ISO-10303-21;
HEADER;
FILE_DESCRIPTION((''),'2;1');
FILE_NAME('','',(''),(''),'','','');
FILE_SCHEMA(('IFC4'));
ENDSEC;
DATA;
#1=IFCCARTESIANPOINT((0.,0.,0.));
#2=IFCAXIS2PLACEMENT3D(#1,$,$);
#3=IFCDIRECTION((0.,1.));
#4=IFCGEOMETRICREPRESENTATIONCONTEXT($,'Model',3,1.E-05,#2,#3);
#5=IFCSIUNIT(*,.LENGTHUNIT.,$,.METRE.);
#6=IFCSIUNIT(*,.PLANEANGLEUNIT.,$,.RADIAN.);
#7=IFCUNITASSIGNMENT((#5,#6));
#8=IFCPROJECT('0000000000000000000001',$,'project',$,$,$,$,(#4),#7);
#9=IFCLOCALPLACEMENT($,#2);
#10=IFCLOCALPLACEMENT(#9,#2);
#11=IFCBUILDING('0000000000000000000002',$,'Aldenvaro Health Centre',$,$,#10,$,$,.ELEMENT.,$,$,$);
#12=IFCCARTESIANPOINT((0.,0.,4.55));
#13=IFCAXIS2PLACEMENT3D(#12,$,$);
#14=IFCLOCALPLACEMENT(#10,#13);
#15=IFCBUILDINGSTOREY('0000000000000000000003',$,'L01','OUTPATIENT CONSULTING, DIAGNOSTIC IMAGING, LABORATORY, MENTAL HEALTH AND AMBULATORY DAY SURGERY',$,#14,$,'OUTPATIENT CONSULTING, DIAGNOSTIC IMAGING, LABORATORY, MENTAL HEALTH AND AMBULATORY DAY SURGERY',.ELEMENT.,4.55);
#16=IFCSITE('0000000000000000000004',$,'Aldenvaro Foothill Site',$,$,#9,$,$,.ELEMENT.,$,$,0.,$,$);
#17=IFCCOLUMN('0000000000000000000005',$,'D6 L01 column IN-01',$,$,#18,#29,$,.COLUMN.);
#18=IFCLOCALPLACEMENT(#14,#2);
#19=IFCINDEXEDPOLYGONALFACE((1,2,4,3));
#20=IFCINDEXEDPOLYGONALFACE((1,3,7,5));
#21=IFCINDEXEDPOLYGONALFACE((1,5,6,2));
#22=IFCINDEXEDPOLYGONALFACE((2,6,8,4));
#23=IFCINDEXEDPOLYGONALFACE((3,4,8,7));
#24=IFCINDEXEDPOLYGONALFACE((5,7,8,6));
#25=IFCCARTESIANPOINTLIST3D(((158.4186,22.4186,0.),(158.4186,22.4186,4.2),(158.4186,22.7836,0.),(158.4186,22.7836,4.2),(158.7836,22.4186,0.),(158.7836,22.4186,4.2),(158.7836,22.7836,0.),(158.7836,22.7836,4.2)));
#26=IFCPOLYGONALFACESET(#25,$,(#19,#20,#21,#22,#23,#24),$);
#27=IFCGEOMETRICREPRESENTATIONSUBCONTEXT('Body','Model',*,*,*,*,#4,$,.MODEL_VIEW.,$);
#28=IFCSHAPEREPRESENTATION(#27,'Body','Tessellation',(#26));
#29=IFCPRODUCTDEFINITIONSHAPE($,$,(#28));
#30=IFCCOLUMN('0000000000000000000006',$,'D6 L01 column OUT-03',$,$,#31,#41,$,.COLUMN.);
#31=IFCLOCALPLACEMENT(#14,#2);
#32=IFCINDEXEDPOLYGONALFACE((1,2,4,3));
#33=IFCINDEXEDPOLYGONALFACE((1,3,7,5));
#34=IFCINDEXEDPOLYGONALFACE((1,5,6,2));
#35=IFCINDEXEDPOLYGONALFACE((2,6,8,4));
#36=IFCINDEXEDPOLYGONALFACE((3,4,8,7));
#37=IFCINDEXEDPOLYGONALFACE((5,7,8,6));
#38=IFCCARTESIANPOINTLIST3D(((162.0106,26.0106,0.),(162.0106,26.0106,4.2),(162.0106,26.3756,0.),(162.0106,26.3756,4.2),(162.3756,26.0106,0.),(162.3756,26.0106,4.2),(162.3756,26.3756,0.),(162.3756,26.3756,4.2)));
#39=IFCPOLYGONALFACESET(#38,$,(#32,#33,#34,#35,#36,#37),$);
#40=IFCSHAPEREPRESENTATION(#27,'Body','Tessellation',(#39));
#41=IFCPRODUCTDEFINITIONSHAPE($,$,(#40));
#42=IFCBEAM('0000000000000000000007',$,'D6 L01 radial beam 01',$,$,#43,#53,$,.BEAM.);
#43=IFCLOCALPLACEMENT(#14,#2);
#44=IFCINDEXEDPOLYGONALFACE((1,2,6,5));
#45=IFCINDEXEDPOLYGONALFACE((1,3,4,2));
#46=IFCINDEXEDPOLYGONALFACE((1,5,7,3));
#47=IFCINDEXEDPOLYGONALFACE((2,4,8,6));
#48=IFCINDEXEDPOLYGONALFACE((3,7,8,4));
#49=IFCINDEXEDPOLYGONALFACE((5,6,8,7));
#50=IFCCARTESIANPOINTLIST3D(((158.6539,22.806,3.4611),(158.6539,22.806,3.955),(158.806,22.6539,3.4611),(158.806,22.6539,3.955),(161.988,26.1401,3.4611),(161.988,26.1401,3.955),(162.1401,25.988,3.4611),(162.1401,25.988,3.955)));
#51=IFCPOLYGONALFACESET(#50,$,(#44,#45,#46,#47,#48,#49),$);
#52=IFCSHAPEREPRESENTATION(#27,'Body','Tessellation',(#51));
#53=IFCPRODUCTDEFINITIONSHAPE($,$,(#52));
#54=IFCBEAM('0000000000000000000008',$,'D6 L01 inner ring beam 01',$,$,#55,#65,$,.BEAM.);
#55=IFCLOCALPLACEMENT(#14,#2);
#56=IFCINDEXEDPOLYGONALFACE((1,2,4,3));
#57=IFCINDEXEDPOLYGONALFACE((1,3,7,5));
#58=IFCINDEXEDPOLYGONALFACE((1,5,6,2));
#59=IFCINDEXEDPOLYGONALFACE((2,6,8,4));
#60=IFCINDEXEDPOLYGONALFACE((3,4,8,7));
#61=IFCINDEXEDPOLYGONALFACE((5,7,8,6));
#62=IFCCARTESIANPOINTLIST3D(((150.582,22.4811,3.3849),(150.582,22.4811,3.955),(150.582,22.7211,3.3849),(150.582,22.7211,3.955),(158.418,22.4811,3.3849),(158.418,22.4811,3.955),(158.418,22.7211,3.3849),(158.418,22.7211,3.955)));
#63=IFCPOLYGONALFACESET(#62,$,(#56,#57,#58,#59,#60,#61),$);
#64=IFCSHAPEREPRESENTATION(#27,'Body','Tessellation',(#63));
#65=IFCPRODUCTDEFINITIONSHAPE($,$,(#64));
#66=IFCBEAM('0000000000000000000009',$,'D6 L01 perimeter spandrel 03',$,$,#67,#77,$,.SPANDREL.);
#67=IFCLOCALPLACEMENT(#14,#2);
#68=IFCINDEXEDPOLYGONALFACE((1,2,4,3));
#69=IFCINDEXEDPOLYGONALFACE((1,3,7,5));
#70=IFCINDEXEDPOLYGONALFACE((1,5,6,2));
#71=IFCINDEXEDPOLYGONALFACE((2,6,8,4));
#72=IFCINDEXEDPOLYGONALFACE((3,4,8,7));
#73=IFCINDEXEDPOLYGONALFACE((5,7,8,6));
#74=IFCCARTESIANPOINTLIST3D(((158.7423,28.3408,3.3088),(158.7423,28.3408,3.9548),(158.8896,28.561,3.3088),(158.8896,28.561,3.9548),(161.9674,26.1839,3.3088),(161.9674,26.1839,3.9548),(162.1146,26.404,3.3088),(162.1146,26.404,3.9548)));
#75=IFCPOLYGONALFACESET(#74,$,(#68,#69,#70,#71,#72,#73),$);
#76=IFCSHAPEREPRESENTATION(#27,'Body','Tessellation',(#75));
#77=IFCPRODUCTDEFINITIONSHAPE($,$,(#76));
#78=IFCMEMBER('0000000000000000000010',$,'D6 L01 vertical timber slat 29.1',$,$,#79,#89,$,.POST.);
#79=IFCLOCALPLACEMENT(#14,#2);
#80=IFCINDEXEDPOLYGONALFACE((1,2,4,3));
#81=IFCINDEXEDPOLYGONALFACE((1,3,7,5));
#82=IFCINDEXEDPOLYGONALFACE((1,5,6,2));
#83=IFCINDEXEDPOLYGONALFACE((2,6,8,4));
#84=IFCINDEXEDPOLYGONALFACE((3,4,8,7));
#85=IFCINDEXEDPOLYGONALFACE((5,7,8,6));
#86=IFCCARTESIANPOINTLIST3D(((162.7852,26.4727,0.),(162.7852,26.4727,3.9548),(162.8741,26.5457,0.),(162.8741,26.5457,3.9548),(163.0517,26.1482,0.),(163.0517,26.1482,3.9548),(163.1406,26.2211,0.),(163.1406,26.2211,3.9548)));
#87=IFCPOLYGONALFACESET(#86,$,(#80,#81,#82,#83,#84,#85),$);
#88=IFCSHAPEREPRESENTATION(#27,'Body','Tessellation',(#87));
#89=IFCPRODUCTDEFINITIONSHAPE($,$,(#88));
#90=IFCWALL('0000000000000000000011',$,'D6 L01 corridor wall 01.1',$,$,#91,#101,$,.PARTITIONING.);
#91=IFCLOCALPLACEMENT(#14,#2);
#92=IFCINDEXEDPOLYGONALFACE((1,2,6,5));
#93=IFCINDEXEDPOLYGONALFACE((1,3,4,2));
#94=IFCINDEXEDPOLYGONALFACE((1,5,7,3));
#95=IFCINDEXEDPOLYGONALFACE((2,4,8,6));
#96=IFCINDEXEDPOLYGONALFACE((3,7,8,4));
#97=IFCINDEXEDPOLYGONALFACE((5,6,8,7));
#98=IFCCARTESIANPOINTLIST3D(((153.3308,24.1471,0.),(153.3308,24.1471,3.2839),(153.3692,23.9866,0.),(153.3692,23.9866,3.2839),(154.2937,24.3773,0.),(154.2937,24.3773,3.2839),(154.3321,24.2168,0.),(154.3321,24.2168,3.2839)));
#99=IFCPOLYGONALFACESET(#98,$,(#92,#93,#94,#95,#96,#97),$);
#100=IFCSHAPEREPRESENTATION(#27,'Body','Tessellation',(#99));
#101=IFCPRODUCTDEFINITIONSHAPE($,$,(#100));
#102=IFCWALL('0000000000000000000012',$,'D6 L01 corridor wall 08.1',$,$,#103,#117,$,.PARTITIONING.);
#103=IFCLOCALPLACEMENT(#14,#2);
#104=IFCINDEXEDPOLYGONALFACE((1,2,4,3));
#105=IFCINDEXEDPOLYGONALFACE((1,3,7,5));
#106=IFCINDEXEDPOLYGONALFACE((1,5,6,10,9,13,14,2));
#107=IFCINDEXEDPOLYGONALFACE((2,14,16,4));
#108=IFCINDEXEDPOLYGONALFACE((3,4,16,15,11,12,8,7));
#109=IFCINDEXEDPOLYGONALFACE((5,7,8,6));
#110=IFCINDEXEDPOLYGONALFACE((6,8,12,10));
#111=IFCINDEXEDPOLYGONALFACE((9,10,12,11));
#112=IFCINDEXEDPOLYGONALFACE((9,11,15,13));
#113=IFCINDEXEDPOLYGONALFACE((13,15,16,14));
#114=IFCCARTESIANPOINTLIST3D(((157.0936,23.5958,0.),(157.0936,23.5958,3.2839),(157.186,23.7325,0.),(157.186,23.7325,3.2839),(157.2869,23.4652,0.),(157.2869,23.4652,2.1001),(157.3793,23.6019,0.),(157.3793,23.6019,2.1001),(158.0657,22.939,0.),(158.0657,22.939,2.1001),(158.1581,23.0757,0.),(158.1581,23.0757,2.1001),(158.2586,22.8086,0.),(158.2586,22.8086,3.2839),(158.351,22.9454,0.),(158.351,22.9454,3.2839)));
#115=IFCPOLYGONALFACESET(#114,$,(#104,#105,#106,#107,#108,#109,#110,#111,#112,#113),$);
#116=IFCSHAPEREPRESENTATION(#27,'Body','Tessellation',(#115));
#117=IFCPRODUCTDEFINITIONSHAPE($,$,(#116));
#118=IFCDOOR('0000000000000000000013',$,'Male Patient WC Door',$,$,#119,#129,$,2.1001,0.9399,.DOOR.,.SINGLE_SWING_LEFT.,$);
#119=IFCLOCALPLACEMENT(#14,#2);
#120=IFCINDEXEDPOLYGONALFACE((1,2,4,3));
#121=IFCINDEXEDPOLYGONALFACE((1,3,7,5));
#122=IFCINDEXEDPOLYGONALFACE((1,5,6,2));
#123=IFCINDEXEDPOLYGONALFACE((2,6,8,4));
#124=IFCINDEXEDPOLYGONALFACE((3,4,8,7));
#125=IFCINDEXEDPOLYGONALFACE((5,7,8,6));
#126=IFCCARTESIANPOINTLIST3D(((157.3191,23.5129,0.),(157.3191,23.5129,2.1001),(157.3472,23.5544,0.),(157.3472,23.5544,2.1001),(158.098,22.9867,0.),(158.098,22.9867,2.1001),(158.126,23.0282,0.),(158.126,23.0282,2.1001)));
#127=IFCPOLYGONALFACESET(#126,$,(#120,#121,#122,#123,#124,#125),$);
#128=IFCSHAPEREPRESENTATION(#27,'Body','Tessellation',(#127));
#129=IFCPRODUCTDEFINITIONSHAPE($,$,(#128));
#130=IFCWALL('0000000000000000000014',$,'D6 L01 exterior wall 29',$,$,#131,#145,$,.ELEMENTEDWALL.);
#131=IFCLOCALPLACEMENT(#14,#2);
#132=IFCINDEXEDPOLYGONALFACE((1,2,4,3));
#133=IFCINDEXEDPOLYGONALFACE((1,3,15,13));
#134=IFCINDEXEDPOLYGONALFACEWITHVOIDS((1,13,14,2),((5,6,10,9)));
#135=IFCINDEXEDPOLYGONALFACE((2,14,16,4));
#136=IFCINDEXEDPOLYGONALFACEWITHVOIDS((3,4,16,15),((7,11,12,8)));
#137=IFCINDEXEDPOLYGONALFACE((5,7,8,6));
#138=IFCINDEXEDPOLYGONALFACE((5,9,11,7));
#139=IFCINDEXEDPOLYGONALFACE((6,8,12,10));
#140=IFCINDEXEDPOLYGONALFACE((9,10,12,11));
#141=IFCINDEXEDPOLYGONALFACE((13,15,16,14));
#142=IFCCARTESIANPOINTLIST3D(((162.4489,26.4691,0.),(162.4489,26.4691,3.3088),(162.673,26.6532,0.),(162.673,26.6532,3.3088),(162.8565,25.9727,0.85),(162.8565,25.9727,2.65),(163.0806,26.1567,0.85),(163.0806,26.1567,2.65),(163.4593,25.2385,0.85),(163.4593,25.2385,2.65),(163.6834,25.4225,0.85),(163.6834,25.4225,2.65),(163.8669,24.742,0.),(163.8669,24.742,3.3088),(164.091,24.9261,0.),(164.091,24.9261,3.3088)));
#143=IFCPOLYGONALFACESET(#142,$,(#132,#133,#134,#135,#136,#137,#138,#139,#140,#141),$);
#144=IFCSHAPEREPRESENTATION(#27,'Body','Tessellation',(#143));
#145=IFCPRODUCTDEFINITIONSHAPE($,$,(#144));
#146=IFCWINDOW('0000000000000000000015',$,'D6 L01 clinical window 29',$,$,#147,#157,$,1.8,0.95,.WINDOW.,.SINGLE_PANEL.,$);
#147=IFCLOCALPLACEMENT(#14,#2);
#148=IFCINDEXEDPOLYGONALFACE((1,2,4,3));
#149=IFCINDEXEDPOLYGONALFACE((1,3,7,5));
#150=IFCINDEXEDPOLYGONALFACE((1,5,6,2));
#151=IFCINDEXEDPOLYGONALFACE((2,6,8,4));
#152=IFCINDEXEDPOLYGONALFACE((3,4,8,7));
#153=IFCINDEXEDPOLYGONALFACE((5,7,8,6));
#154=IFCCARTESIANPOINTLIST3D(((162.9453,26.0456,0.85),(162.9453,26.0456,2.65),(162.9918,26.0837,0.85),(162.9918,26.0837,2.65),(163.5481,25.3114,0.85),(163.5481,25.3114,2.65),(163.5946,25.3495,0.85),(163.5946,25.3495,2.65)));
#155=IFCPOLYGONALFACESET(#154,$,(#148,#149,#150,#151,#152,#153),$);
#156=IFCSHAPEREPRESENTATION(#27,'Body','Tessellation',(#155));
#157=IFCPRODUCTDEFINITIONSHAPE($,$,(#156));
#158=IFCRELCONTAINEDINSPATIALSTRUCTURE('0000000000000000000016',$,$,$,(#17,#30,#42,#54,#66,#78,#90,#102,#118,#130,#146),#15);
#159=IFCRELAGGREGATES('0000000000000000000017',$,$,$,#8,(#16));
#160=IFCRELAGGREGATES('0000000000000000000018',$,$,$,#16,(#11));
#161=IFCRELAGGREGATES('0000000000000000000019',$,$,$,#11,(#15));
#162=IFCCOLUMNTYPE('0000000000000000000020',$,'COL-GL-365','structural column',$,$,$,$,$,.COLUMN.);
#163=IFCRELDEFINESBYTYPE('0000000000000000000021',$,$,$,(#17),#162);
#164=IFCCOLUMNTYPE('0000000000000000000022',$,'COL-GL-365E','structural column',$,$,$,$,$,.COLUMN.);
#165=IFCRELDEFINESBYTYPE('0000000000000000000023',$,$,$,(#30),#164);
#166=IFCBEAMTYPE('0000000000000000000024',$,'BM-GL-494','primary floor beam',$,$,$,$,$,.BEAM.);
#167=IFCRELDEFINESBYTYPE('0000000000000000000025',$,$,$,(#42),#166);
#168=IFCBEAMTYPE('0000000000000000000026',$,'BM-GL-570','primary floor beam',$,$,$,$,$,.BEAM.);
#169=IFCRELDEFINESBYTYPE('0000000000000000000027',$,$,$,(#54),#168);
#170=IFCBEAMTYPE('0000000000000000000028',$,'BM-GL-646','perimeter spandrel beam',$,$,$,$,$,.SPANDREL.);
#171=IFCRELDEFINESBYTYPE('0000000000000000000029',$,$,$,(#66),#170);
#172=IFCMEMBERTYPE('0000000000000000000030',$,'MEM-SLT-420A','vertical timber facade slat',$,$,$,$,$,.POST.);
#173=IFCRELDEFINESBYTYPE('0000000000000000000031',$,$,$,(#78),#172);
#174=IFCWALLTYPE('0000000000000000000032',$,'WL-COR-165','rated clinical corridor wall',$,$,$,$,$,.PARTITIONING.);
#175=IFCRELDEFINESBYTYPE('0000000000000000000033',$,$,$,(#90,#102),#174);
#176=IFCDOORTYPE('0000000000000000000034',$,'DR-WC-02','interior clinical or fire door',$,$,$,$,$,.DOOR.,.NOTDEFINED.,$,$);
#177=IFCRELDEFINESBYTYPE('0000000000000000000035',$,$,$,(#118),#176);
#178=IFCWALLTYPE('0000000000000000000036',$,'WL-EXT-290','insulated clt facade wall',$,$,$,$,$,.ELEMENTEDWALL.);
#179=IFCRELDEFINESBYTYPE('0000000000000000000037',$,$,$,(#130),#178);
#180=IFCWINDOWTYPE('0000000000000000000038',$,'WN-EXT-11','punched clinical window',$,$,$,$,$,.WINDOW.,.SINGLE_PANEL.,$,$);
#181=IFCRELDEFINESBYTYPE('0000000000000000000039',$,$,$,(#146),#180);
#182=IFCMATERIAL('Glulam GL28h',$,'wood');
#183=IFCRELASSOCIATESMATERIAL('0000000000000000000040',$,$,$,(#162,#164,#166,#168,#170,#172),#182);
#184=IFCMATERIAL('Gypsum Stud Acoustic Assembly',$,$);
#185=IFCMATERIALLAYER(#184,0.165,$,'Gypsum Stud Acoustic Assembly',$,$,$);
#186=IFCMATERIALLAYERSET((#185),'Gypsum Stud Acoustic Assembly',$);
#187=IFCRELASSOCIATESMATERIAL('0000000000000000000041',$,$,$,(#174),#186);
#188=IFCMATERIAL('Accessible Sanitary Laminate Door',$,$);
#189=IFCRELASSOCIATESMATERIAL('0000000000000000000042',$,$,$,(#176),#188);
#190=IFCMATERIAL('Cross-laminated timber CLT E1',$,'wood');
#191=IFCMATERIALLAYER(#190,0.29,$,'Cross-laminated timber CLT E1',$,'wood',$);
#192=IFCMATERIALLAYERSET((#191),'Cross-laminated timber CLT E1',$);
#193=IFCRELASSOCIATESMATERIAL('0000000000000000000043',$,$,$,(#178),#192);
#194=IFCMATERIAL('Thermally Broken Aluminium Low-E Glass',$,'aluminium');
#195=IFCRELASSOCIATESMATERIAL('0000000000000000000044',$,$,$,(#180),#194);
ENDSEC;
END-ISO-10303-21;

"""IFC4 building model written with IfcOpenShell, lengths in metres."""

from ifc_helpers import new_model, si_unit, direction, frame, frame_2d, origin, origin_2d, place, context, subcontext, project, spatial, rectangle, extrude, material, layer, layer_set, material_profile, profile_set, type_object, element, fill, save


model = new_model("IFC4")

# Units and contexts
model_context = context("Model", 3, precision=1e-05, world=origin(), true_north=direction((0.0, 1.0)))
body_context = subcontext(model_context, "Body", "Model", "MODEL_VIEW")
ifc_project = project(units=[si_unit("LENGTHUNIT", "METRE"), si_unit("PLANEANGLEUNIT", "RADIAN")], contexts=[model_context])

# Site, building, storey
site_placement = place(None, origin())
site = spatial("IfcSite", under=ifc_project, at=site_placement, Name="Aldenvaro Foothill Site", CompositionType="ELEMENT", RefElevation=0.0)
building_placement = place(site_placement, origin())
building = spatial("IfcBuilding", under=site, at=building_placement, Name="Aldenvaro Health Centre", CompositionType="ELEMENT")
storey_placement = place(building_placement, frame((0.0, 0.0, 4.55)))
storey = spatial("IfcBuildingStorey", under=building, at=storey_placement, Name="L01", Description="OUTPATIENT CONSULTING, DIAGNOSTIC IMAGING, LABORATORY, MENTAL HEALTH AND AMBULATORY DAY SURGERY", LongName="OUTPATIENT CONSULTING, DIAGNOSTIC IMAGING, LABORATORY, MENTAL HEALTH AND AMBULATORY DAY SURGERY", CompositionType="ELEMENT", Elevation=4.55)

# Columns
ifc_material_1 = material(Name="Glulam GL28h", Category="wood")
ifc_material_profile_1 = material_profile(ifc_material_1, rectangle(XDim=0.365, YDim=0.365, at=origin_2d()), Name="GL 365x365", Category="wood")
ifc_profile_set_1 = profile_set([ifc_material_profile_1], Name="Glulam GL28h")
column_type_1 = type_object("IfcColumnType", Name="COL-GL-365", Description="structural column", PredefinedType="COLUMN", material=ifc_profile_set_1)
column_1_placement = place(storey_placement, frame((158.6011, 22.6011, 0.0), z_axis=(0.0, 0.0, 1.0), x_axis=(1.0, 0.0, 0.0)))
element("IfcColumn", 1, at=column_1_placement, inside=storey, type_object=column_type_1, Name="D6 L01 column IN-01", PredefinedType="COLUMN", context=body_context, shape_type="SweptSolid", body=[
    extrude(rectangle(XDim=0.365, YDim=0.365, at=origin_2d()), origin(), (0.0, 0.0, 1.0), 4.2),
])
ifc_material_profile_2 = material_profile(ifc_material_1, rectangle(XDim=0.365, YDim=0.365, at=origin_2d()), Name="GL 365x365", Category="wood")
ifc_profile_set_2 = profile_set([ifc_material_profile_2], Name="Glulam GL28h")
column_type_2 = type_object("IfcColumnType", Name="COL-GL-365E", Description="structural column", PredefinedType="COLUMN", material=ifc_profile_set_2)
column_2_placement = place(storey_placement, frame((162.1931, 26.1931, 0.0), z_axis=(0.0, 0.0, 1.0), x_axis=(1.0, 0.0, 0.0)))
element("IfcColumn", 2, at=column_2_placement, inside=storey, type_object=column_type_2, Name="D6 L01 column OUT-03", PredefinedType="COLUMN", context=body_context, shape_type="SweptSolid", body=[
    extrude(rectangle(XDim=0.365, YDim=0.365, at=origin_2d()), origin(), (0.0, 0.0, 1.0), 4.2),
])

# Beams
ifc_material_profile_3 = material_profile(ifc_material_1, rectangle(XDim=0.2151, YDim=0.4939, at=origin_2d()), Name="GL 215x494", Category="wood")
ifc_profile_set_3 = profile_set([ifc_material_profile_3], Name="Glulam GL28h")
beam_type_1 = type_object("IfcBeamType", Name="BM-GL-494", Description="primary floor beam", PredefinedType="BEAM", material=ifc_profile_set_3)
beam_1_placement = place(storey_placement, frame((158.73, 22.73, 3.708), z_axis=(0.707107, 0.707107, 0.0), x_axis=(-0.707107, 0.707107, 0.0)))
element("IfcBeam", 3, at=beam_1_placement, inside=storey, type_object=beam_type_1, Name="D6 L01 radial beam 01", PredefinedType="BEAM", context=body_context, shape_type="SweptSolid", body=[
    extrude(rectangle(XDim=0.2151, YDim=0.4939, at=origin_2d()), origin(), (0.0, 0.0, 1.0), 4.7151),
])
ifc_material_profile_4 = material_profile(ifc_material_1, rectangle(XDim=0.24, YDim=0.5701, at=origin_2d()), Name="GL 240x570", Category="wood")
ifc_profile_set_4 = profile_set([ifc_material_profile_4], Name="Glulam GL28h")
beam_type_2 = type_object("IfcBeamType", Name="BM-GL-570", Description="primary floor beam", PredefinedType="BEAM", material=ifc_profile_set_4)
beam_2_placement = place(storey_placement, frame((158.418, 22.6011, 3.6699), z_axis=(-1.0, 0.0, 0.0), x_axis=(0.0, -1.0, 0.0)))
element("IfcBeam", 4, at=beam_2_placement, inside=storey, type_object=beam_type_2, Name="D6 L01 inner ring beam 01", PredefinedType="BEAM", context=body_context, shape_type="SweptSolid", body=[
    extrude(rectangle(XDim=0.24, YDim=0.5701, at=origin_2d()), origin(), (0.0, 0.0, 1.0), 7.8359),
])
ifc_material_profile_5 = material_profile(ifc_material_1, rectangle(XDim=0.2649, YDim=0.646, at=origin_2d()), Name="GL 265x646", Category="wood")
ifc_profile_set_5 = profile_set([ifc_material_profile_5], Name="Glulam GL28h")
beam_type_3 = type_object("IfcBeamType", Name="BM-GL-646", Description="perimeter spandrel beam", PredefinedType="SPANDREL", material=ifc_profile_set_5)
beam_3_placement = place(storey_placement, frame((162.041, 26.2939, 3.6318), z_axis=(-0.831227, 0.555934, 0.0), x_axis=(-0.555934, -0.831227, 0.0)))
element("IfcBeam", 5, at=beam_3_placement, inside=storey, type_object=beam_type_3, Name="D6 L01 perimeter spandrel 03", PredefinedType="SPANDREL", context=body_context, shape_type="SweptSolid", body=[
    extrude(rectangle(XDim=0.2649, YDim=0.646, at=origin_2d()), origin(), (0.0, 0.0, 1.0), 3.8799),
])

# Member
ifc_material_profile_6 = material_profile(ifc_material_1, rectangle(XDim=0.115, YDim=0.4199, at=origin_2d()), Name="GL 115x420", Category="wood")
ifc_profile_set_6 = profile_set([ifc_material_profile_6], Name="Glulam GL28h")
member_type = type_object("IfcMemberType", Name="MEM-SLT-420A", Description="vertical timber facade slat", PredefinedType="POST", material=ifc_profile_set_6)
member_placement = place(storey_placement, frame((162.9629, 26.3469, 0.0), z_axis=(0.0, 0.0, 1.0), x_axis=(0.77286, 0.634577, 0.0)))
element("IfcMember", 6, at=member_placement, inside=storey, type_object=member_type, Name="D6 L01 vertical timber slat 29.1", PredefinedType="POST", context=body_context, shape_type="SweptSolid", body=[
    extrude(rectangle(XDim=0.115, YDim=0.4199, at=origin_2d()), origin(), (0.0, 0.0, 1.0), 3.9548),
])

# Wall
ifc_material_2 = material(Name="Gypsum Stud Acoustic Assembly")
ifc_layer_1 = layer(ifc_material_2, 0.165, Name="Gypsum Stud Acoustic Assembly")
ifc_layer_set_1 = layer_set([ifc_layer_1], Name="Gypsum Stud Acoustic Assembly")
wall_type_1 = type_object("IfcWallType", Name="WL-COR-165", Description="rated clinical corridor wall", PredefinedType="PARTITIONING", material=ifc_layer_set_1)
wall_1_placement = place(storey_placement, frame((154.313, 24.2971, 0.0), z_axis=(0.0, 0.0, 1.0), x_axis=(-0.972586, -0.232543, 0.0)))
element("IfcWall", 7, at=wall_1_placement, inside=storey, type_object=wall_type_1, Name="D6 L01 corridor wall 01.1", PredefinedType="PARTITIONING", context=body_context, shape_type="SweptSolid", body=[
    extrude(rectangle(XDim=0.99, YDim=0.165, at=frame_2d((0.4951, 0.0))), origin(), (0.0, 0.0, 1.0), 3.2839),
])

# Wall, opening, door
wall_2_placement = place(storey_placement, frame((158.3049, 22.877, 0.0), z_axis=(0.0, 0.0, 1.0), x_axis=(-0.828615, 0.559819, 0.0)))
wall_2 = element("IfcWall", 8, at=wall_2_placement, inside=storey, type_object=wall_type_1, Name="D6 L01 corridor wall 08.1", PredefinedType="PARTITIONING", context=body_context, shape_type="SweptSolid", body=[
    extrude(rectangle(XDim=1.406, YDim=0.165, at=frame_2d((0.7031, 0.0))), origin(), (0.0, 0.0, 1.0), 3.2839),
])
opening_1_placement = place(wall_2_placement, frame((0.2329, 0.0, 0.0)))
opening_1 = element("IfcOpeningElement", 9, at=opening_1_placement, cuts=wall_2, PredefinedType="OPENING", context=body_context, shape_type="SweptSolid", body=[
    extrude(rectangle(XDim=0.9399, YDim=2.1001, at=frame_2d((0.47, 1.05))), frame((0.0, 0.0925, 0.0), z_axis=(0.0, -1.0, 0.0), x_axis=(1.0, 0.0, 0.0)), (0.0, 0.0, 1.0), 0.1851),
])
ifc_material_3 = material(Name="Accessible Sanitary Laminate Door")
door_type_1 = type_object("IfcDoorType", Name="DR-WC-02", Description="interior clinical or fire door", OperationType="NOTDEFINED", PredefinedType="DOOR", material=ifc_material_3)
door_1_placement = place(opening_1_placement, origin())
door_1 = element("IfcDoor", 10, at=door_1_placement, inside=storey, type_object=door_type_1, Name="Male Patient WC Door", OperationType="SINGLE_SWING_LEFT", OverallHeight=2.1001, OverallWidth=0.9399, PredefinedType="DOOR", context=body_context, shape_type="SweptSolid", body=[
    extrude(rectangle(XDim=0.9399, YDim=2.1001, at=frame_2d((0.47, 1.05))), frame((0.0, 0.0249, 0.0), z_axis=(0.0, -1.0, 0.0), x_axis=(1.0, 0.0, 0.0)), (0.0, 0.0, 1.0), 0.05),
])
fill(opening_1, door_1)

# Wall, opening, window
ifc_material_4 = material(Name="Cross-laminated timber CLT E1", Category="wood")
ifc_layer_2 = layer(ifc_material_4, 0.29, Name="Cross-laminated timber CLT E1", Category="wood")
ifc_layer_set_2 = layer_set([ifc_layer_2], Name="Cross-laminated timber CLT E1")
wall_type_2 = type_object("IfcWallType", Name="WL-EXT-290", Description="insulated clt facade wall", PredefinedType="ELEMENTEDWALL", material=ifc_layer_set_2)
wall_3_placement = place(storey_placement, frame((162.561, 26.561, 0.0), z_axis=(0.0, 0.0, 1.0), x_axis=(0.634558, -0.772876, 0.0)))
wall_3 = element("IfcWall", 11, at=wall_3_placement, inside=storey, type_object=wall_type_2, Name="D6 L01 exterior wall 29", PredefinedType="ELEMENTEDWALL", context=body_context, shape_type="SweptSolid", body=[
    extrude(rectangle(XDim=2.2346, YDim=0.29, at=frame_2d((1.1172, 0.0))), origin(), (0.0, 0.0, 1.0), 3.3088),
])
opening_2_placement = place(wall_3_placement, frame((0.6421, 0.0, 0.8501)))
opening_2 = element("IfcOpeningElement", 12, at=opening_2_placement, cuts=wall_3, PredefinedType="OPENING", context=body_context, shape_type="SweptSolid", body=[
    extrude(rectangle(XDim=0.95, YDim=1.8, at=frame_2d((0.4751, 0.8999))), frame((0.0, 0.155, 0.0), z_axis=(0.0, -1.0, 0.0), x_axis=(1.0, 0.0, 0.0)), (0.0, 0.0, 1.0), 0.3101),
])
ifc_material_5 = material(Name="Thermally Broken Aluminium Low-E Glass", Category="aluminium")
window_type = type_object("IfcWindowType", Name="WN-EXT-11", Description="punched clinical window", PartitioningType="SINGLE_PANEL", PredefinedType="WINDOW", material=ifc_material_5)
window_placement = place(opening_2_placement, origin())
window = element("IfcWindow", 13, at=window_placement, inside=storey, type_object=window_type, Name="D6 L01 clinical window 29", OverallHeight=1.8, OverallWidth=0.95, PartitioningType="SINGLE_PANEL", PredefinedType="WINDOW", context=body_context, shape_type="SweptSolid", body=[
    extrude(rectangle(XDim=0.95, YDim=1.8, at=frame_2d((0.4751, 0.8999))), frame((0.0, 0.03, 0.0), z_axis=(0.0, -1.0, 0.0), x_axis=(1.0, 0.0, 0.0)), (0.0, 0.0, 1.0), 0.0601),
])
fill(opening_2, window)

save(model, "model.ifc")
